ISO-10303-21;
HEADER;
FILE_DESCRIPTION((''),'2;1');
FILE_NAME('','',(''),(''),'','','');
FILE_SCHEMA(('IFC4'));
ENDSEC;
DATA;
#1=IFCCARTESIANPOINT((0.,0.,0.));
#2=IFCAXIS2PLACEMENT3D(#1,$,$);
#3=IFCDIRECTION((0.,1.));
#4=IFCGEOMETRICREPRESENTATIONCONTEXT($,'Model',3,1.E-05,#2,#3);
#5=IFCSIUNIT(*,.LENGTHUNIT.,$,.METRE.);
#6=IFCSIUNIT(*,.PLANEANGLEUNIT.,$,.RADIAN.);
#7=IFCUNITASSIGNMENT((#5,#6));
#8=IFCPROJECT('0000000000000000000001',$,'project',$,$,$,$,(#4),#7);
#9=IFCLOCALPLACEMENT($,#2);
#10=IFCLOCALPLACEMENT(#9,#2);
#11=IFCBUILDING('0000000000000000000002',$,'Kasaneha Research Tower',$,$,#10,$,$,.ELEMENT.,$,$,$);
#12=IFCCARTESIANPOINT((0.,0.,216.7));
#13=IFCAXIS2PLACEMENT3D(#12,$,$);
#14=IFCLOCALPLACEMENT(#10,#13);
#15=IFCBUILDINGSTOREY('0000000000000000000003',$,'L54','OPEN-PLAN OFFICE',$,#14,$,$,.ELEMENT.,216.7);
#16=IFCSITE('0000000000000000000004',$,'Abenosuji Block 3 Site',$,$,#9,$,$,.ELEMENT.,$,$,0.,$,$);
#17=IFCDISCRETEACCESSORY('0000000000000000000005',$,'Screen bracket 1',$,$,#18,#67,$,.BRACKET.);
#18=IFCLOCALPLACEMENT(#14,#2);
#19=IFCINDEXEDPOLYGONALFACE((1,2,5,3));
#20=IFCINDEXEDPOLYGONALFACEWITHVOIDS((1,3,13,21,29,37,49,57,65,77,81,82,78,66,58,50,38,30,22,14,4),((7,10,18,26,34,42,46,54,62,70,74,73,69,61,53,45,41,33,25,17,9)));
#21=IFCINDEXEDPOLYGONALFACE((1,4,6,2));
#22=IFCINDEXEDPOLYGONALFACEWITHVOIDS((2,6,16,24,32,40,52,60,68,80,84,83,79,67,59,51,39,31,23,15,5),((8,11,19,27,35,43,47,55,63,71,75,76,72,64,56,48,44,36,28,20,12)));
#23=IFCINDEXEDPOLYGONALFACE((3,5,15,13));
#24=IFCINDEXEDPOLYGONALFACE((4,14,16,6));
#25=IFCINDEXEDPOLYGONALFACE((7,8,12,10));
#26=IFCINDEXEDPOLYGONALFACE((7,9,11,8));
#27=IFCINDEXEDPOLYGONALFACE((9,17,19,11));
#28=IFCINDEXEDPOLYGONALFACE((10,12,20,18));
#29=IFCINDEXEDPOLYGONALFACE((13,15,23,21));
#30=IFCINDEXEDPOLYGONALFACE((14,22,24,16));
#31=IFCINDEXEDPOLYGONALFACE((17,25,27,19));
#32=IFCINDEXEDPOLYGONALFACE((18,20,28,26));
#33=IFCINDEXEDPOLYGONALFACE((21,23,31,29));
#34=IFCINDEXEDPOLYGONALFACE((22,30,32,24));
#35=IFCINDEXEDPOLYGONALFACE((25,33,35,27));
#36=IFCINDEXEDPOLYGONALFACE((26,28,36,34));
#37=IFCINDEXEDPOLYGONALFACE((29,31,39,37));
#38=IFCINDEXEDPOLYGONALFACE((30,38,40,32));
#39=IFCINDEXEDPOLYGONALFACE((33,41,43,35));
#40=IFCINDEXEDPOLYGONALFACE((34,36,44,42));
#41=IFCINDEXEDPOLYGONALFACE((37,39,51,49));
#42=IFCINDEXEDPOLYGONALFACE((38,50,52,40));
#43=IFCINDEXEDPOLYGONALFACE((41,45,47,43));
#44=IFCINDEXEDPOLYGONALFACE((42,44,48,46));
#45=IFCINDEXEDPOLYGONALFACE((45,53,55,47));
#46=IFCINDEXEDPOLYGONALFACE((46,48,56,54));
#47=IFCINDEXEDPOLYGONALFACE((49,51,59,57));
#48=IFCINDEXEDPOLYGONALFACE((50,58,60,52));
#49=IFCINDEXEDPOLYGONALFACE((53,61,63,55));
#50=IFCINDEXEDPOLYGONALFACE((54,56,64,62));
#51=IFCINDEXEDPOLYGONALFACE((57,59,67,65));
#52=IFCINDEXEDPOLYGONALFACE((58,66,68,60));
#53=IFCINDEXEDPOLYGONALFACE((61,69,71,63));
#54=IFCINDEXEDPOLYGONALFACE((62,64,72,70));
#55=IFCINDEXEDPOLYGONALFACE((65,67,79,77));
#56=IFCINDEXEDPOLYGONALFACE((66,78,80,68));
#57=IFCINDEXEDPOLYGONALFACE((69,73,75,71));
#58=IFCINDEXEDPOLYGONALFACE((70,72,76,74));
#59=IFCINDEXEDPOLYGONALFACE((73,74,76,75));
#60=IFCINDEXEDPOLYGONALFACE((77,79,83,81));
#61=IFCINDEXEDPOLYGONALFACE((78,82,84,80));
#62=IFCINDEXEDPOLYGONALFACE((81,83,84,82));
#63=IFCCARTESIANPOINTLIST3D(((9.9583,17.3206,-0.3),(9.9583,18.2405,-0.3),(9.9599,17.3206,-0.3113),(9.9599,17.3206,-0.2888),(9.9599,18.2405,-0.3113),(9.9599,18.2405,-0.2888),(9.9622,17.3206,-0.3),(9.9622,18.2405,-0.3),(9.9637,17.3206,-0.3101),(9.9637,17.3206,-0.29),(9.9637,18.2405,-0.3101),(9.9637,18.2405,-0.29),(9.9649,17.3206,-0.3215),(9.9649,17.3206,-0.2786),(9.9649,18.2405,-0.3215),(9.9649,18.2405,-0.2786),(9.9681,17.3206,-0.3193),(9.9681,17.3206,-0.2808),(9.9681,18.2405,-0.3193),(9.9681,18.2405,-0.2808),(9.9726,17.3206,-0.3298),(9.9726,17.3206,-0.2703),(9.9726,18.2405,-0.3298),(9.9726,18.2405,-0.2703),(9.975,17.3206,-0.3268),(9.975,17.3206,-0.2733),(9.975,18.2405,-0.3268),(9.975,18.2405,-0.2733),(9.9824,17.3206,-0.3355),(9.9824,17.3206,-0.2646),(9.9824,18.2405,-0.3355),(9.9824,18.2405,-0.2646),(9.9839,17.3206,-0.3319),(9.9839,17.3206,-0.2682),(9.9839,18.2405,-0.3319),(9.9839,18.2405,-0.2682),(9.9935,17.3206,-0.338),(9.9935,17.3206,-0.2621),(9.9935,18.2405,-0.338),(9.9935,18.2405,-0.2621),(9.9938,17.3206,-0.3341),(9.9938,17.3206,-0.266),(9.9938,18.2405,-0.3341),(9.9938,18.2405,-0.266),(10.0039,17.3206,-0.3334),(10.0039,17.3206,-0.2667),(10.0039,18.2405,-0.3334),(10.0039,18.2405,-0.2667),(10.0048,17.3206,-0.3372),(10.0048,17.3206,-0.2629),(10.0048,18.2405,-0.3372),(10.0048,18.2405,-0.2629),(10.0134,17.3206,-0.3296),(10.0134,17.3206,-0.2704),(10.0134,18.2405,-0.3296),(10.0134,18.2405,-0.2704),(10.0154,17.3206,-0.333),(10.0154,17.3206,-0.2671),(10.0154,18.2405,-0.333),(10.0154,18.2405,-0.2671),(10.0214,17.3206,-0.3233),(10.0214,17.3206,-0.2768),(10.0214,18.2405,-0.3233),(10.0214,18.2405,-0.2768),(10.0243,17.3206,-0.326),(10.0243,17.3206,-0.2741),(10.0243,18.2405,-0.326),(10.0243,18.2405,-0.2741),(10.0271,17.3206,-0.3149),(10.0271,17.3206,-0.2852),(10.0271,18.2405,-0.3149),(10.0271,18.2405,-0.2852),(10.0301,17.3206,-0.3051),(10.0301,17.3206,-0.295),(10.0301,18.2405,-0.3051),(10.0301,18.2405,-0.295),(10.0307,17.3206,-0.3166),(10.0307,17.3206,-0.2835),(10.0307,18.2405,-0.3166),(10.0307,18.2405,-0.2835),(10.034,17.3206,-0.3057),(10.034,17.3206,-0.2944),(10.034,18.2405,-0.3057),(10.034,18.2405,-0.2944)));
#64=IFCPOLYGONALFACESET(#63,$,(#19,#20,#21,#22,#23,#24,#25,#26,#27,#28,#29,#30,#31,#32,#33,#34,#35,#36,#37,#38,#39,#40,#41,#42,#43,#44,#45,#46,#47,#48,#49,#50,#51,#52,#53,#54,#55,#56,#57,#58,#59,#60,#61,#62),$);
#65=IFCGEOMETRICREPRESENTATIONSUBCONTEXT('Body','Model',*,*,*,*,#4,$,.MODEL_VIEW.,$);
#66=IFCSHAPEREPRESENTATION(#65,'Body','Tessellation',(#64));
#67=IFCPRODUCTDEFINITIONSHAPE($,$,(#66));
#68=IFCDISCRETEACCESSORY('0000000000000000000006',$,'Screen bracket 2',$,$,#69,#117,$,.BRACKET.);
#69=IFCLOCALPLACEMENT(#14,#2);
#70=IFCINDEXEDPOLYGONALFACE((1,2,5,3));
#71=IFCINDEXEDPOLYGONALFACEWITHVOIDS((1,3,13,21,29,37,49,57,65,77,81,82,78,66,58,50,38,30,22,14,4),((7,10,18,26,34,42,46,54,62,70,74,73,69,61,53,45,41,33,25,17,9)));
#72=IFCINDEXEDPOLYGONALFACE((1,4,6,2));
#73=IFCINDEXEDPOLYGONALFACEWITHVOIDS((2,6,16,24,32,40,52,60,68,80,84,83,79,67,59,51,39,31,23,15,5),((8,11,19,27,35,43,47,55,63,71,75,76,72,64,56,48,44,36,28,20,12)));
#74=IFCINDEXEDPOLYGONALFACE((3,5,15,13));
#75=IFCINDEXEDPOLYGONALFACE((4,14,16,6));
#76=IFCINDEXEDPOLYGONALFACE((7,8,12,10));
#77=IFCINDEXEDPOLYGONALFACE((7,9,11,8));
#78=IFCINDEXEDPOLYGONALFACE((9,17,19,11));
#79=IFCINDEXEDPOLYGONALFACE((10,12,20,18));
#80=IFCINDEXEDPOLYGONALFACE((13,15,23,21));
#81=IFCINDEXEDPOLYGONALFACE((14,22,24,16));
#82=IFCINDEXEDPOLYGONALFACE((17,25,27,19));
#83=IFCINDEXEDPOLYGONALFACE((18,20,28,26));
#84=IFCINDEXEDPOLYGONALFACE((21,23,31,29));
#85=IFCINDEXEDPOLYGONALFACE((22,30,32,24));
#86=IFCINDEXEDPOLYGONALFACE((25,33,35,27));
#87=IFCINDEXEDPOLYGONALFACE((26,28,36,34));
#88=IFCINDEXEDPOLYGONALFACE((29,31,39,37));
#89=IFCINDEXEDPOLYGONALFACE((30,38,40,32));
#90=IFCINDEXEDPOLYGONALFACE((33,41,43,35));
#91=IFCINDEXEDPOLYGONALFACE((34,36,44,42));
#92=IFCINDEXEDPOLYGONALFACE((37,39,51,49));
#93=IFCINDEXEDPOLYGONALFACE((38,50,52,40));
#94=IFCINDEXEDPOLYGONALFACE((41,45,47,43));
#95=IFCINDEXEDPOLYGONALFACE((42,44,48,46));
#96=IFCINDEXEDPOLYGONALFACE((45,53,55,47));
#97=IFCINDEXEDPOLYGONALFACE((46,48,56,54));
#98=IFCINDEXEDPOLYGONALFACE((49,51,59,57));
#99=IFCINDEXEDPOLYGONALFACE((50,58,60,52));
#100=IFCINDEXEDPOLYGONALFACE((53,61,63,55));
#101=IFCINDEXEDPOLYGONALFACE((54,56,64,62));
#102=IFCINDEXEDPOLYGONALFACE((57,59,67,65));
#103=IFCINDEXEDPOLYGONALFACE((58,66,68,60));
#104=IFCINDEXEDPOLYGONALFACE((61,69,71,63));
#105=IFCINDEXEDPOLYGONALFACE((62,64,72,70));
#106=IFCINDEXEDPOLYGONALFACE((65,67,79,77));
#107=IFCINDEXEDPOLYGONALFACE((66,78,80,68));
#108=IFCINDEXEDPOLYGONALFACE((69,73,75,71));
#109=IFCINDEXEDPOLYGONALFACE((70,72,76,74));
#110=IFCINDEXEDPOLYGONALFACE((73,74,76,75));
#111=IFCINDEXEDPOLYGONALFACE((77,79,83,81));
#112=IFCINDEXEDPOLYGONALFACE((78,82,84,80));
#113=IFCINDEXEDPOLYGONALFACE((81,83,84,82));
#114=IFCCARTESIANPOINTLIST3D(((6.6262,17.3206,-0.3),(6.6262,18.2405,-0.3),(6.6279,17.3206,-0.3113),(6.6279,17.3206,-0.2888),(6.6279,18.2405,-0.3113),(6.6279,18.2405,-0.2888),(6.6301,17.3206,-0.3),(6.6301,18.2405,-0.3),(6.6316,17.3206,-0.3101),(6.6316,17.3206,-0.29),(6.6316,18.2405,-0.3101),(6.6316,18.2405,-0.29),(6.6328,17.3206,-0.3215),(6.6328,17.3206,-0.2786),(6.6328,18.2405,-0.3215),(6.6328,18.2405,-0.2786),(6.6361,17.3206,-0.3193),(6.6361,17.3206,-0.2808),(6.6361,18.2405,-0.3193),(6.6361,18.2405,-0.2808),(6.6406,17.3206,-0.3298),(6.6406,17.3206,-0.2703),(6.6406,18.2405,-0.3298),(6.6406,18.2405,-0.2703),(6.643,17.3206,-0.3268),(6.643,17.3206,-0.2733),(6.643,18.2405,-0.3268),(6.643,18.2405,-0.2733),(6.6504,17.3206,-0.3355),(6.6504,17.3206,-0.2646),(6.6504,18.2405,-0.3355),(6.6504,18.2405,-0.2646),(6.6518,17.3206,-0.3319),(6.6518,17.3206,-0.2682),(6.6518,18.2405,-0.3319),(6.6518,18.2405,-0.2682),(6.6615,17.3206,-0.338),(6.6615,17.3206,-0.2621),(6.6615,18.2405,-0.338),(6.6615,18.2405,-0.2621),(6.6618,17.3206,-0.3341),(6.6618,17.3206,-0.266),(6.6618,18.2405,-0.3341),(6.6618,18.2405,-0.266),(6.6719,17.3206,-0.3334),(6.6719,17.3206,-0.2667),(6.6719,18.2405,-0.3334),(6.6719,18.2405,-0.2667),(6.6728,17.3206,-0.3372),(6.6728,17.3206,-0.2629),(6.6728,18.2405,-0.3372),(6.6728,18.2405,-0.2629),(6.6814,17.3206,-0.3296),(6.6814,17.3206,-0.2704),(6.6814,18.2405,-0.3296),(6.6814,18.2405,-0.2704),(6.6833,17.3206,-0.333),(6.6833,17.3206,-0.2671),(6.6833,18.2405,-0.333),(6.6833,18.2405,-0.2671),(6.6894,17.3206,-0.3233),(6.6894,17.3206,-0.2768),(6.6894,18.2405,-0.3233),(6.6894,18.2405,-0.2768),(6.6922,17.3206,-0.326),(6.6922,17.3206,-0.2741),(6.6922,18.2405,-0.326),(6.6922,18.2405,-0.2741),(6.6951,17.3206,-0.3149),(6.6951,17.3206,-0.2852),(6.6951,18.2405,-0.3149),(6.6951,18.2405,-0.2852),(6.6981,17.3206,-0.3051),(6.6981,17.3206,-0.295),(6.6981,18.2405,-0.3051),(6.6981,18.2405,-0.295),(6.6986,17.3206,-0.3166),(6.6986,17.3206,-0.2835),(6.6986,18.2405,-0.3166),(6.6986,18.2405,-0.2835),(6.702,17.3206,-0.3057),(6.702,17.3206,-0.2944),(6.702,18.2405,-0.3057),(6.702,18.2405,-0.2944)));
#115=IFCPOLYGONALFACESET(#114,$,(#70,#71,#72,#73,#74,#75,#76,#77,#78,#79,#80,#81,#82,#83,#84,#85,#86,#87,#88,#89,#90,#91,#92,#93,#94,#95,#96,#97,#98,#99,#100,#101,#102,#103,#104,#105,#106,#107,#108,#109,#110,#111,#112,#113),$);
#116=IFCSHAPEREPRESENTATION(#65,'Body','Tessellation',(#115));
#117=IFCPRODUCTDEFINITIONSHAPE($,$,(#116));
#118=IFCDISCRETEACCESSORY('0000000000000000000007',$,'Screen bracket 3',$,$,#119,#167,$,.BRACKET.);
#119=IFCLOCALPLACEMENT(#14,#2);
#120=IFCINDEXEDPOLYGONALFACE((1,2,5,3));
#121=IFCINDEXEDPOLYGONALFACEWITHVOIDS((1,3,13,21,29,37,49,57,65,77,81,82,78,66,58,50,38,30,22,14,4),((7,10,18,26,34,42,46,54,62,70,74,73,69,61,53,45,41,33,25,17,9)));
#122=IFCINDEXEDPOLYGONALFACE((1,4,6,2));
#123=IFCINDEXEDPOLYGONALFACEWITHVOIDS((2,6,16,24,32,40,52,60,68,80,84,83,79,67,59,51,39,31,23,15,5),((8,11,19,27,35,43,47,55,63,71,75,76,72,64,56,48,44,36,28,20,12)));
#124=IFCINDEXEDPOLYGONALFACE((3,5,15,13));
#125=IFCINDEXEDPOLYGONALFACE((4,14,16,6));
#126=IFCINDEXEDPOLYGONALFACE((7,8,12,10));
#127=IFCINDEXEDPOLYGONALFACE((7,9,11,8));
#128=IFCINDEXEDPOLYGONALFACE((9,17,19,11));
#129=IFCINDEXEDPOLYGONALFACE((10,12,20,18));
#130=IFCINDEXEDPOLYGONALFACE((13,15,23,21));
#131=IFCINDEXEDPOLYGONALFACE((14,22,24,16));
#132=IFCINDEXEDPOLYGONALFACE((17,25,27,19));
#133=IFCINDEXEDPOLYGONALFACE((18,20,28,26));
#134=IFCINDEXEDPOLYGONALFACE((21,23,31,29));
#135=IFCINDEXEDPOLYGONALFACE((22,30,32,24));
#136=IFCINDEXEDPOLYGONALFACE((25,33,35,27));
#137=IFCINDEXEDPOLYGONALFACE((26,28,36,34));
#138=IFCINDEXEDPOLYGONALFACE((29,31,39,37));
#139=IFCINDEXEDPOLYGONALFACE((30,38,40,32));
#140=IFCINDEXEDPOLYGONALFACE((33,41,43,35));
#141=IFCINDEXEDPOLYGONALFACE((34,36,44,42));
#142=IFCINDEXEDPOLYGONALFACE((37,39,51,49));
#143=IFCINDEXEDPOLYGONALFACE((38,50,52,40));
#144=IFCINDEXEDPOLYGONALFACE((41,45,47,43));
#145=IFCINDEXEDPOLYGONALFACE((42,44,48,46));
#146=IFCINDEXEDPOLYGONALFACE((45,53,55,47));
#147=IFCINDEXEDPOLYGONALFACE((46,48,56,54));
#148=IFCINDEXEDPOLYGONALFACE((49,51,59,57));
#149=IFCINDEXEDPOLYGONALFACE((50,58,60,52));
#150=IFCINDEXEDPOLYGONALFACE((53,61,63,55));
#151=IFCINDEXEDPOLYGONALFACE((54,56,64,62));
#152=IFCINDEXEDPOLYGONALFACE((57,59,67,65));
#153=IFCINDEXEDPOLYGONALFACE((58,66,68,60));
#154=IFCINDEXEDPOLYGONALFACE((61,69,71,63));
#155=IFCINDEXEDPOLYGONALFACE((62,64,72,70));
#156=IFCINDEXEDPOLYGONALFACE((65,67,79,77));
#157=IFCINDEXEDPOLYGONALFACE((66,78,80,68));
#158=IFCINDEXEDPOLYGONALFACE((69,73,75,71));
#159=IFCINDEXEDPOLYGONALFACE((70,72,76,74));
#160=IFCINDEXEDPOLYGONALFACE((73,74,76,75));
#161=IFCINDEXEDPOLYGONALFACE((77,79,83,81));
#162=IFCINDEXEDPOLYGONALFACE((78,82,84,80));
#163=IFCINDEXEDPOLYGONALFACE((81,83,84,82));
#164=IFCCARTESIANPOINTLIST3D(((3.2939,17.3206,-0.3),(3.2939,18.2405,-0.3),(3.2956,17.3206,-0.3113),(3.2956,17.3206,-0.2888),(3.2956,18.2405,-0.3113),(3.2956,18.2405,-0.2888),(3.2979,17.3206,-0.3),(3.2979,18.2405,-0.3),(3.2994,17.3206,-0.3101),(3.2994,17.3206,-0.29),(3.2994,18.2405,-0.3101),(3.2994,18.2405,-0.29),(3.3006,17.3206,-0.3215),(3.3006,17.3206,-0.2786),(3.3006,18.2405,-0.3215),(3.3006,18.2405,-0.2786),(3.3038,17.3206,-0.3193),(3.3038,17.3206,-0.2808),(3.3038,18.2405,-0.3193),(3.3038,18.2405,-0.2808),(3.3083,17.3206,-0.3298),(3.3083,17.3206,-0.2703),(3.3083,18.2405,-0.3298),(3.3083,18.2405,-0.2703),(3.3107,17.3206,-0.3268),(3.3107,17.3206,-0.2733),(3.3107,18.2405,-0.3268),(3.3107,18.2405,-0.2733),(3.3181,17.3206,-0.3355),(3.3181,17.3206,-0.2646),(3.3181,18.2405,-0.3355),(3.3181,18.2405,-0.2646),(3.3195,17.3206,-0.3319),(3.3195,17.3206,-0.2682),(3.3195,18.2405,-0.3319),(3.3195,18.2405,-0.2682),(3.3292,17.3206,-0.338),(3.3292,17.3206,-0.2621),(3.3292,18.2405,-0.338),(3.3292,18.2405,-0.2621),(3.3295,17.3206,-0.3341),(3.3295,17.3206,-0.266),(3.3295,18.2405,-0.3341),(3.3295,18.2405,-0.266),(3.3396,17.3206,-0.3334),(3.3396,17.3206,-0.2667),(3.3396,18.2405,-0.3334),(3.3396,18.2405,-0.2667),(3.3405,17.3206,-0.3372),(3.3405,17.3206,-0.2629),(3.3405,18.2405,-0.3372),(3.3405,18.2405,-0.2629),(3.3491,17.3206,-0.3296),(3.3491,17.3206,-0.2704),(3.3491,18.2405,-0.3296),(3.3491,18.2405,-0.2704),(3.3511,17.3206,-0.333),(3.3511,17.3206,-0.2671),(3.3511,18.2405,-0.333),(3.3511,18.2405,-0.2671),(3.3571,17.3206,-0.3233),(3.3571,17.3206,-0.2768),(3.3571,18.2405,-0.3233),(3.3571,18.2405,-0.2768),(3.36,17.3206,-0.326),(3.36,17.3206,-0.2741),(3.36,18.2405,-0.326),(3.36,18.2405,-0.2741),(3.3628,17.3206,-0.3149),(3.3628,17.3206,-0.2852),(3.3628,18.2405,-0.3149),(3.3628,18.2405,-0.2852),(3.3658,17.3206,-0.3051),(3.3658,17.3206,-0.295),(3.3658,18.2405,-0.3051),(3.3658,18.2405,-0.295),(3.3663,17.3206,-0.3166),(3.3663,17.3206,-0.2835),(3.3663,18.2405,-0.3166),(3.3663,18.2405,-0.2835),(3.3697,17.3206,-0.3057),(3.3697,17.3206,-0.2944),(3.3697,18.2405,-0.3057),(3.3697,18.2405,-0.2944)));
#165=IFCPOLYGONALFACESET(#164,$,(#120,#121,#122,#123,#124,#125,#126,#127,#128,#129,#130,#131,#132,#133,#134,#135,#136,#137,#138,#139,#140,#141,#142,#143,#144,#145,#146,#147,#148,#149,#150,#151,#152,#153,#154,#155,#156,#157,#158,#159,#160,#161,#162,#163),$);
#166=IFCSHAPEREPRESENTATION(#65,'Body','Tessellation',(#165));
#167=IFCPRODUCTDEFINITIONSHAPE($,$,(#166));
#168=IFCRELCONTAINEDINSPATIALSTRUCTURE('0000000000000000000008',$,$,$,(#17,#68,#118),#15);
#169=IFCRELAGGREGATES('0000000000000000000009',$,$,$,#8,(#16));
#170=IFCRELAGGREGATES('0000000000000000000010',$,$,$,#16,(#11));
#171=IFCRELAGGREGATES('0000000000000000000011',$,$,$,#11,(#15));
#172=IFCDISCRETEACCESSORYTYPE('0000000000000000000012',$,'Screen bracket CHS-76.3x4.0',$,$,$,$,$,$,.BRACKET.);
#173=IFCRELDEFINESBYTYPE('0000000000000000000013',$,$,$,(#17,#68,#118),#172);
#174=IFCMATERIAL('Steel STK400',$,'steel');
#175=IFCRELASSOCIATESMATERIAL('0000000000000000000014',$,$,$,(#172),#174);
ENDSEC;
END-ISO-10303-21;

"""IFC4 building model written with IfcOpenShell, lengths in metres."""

from ifc_helpers import new_model, si_unit, direction, frame, origin, origin_2d, place, context, subcontext, project, spatial, hollow_circle, extrude, material, material_profile, profile_set, type_object, element, save


model = new_model("IFC4")

# Units and contexts
model_context = context("Model", 3, precision=1e-05, world=origin(), true_north=direction((0.0, 1.0)))
body_context = subcontext(model_context, "Body", "Model", "MODEL_VIEW")
ifc_project = project(units=[si_unit("LENGTHUNIT", "METRE"), si_unit("PLANEANGLEUNIT", "RADIAN")], contexts=[model_context])

# Site, building, storey
site_placement = place(None, origin())
site = spatial("IfcSite", under=ifc_project, at=site_placement, Name="Abenosuji Block 3 Site", CompositionType="ELEMENT", RefElevation=0.0)
building_placement = place(site_placement, origin())
building = spatial("IfcBuilding", under=site, at=building_placement, Name="Kasaneha Research Tower", CompositionType="ELEMENT")
storey_placement = place(building_placement, frame((0.0, 0.0, 216.7)))
storey = spatial("IfcBuildingStorey", under=building, at=storey_placement, Name="L54", Description="OPEN-PLAN OFFICE", CompositionType="ELEMENT", Elevation=216.7)

# Discrete accessories
ifc_material_1 = material(Name="Steel STK400", Category="steel")
ifc_material_profile_1 = material_profile(ifc_material_1, hollow_circle(Radius=0.0381, WallThickness=0.0039, at=origin_2d()), Name="CHS-76.3x4.0")
ifc_profile_set_1 = profile_set([ifc_material_profile_1], Name="Steel STK400")
discrete_accessory_type = type_object("IfcDiscreteAccessoryType", Name="Screen bracket CHS-76.3x4.0", PredefinedType="BRACKET", material=ifc_profile_set_1)
for number, where, z_axis, x_axis, name in (
    (1, (9.9963, 17.3206, -0.3), (0.0, 1.0, 0.0), (-1.0, 0.0, 0.0), "Screen bracket 1"),
    (2, (6.6643, 17.3206, -0.3), (0.0, 1.0, 0.0), (-1.0, 0.0, 0.0), "Screen bracket 2"),
    (3, (3.332, 17.3206, -0.3), (0.0, 1.0, 0.0), (-1.0, 0.0, 0.0), "Screen bracket 3"),
):
    element("IfcDiscreteAccessory", number, at=place(storey_placement, frame(where, z_axis=z_axis, x_axis=x_axis)), inside=storey, type_object=discrete_accessory_type, Name=name, PredefinedType="BRACKET", context=body_context, shape_type="SweptSolid", body=[
        extrude(hollow_circle(Radius=0.0381, WallThickness=0.0039, at=origin_2d()), origin(), (0.0, 0.0, 1.0), 0.9199),
    ])

save(model, "model.ifc")
